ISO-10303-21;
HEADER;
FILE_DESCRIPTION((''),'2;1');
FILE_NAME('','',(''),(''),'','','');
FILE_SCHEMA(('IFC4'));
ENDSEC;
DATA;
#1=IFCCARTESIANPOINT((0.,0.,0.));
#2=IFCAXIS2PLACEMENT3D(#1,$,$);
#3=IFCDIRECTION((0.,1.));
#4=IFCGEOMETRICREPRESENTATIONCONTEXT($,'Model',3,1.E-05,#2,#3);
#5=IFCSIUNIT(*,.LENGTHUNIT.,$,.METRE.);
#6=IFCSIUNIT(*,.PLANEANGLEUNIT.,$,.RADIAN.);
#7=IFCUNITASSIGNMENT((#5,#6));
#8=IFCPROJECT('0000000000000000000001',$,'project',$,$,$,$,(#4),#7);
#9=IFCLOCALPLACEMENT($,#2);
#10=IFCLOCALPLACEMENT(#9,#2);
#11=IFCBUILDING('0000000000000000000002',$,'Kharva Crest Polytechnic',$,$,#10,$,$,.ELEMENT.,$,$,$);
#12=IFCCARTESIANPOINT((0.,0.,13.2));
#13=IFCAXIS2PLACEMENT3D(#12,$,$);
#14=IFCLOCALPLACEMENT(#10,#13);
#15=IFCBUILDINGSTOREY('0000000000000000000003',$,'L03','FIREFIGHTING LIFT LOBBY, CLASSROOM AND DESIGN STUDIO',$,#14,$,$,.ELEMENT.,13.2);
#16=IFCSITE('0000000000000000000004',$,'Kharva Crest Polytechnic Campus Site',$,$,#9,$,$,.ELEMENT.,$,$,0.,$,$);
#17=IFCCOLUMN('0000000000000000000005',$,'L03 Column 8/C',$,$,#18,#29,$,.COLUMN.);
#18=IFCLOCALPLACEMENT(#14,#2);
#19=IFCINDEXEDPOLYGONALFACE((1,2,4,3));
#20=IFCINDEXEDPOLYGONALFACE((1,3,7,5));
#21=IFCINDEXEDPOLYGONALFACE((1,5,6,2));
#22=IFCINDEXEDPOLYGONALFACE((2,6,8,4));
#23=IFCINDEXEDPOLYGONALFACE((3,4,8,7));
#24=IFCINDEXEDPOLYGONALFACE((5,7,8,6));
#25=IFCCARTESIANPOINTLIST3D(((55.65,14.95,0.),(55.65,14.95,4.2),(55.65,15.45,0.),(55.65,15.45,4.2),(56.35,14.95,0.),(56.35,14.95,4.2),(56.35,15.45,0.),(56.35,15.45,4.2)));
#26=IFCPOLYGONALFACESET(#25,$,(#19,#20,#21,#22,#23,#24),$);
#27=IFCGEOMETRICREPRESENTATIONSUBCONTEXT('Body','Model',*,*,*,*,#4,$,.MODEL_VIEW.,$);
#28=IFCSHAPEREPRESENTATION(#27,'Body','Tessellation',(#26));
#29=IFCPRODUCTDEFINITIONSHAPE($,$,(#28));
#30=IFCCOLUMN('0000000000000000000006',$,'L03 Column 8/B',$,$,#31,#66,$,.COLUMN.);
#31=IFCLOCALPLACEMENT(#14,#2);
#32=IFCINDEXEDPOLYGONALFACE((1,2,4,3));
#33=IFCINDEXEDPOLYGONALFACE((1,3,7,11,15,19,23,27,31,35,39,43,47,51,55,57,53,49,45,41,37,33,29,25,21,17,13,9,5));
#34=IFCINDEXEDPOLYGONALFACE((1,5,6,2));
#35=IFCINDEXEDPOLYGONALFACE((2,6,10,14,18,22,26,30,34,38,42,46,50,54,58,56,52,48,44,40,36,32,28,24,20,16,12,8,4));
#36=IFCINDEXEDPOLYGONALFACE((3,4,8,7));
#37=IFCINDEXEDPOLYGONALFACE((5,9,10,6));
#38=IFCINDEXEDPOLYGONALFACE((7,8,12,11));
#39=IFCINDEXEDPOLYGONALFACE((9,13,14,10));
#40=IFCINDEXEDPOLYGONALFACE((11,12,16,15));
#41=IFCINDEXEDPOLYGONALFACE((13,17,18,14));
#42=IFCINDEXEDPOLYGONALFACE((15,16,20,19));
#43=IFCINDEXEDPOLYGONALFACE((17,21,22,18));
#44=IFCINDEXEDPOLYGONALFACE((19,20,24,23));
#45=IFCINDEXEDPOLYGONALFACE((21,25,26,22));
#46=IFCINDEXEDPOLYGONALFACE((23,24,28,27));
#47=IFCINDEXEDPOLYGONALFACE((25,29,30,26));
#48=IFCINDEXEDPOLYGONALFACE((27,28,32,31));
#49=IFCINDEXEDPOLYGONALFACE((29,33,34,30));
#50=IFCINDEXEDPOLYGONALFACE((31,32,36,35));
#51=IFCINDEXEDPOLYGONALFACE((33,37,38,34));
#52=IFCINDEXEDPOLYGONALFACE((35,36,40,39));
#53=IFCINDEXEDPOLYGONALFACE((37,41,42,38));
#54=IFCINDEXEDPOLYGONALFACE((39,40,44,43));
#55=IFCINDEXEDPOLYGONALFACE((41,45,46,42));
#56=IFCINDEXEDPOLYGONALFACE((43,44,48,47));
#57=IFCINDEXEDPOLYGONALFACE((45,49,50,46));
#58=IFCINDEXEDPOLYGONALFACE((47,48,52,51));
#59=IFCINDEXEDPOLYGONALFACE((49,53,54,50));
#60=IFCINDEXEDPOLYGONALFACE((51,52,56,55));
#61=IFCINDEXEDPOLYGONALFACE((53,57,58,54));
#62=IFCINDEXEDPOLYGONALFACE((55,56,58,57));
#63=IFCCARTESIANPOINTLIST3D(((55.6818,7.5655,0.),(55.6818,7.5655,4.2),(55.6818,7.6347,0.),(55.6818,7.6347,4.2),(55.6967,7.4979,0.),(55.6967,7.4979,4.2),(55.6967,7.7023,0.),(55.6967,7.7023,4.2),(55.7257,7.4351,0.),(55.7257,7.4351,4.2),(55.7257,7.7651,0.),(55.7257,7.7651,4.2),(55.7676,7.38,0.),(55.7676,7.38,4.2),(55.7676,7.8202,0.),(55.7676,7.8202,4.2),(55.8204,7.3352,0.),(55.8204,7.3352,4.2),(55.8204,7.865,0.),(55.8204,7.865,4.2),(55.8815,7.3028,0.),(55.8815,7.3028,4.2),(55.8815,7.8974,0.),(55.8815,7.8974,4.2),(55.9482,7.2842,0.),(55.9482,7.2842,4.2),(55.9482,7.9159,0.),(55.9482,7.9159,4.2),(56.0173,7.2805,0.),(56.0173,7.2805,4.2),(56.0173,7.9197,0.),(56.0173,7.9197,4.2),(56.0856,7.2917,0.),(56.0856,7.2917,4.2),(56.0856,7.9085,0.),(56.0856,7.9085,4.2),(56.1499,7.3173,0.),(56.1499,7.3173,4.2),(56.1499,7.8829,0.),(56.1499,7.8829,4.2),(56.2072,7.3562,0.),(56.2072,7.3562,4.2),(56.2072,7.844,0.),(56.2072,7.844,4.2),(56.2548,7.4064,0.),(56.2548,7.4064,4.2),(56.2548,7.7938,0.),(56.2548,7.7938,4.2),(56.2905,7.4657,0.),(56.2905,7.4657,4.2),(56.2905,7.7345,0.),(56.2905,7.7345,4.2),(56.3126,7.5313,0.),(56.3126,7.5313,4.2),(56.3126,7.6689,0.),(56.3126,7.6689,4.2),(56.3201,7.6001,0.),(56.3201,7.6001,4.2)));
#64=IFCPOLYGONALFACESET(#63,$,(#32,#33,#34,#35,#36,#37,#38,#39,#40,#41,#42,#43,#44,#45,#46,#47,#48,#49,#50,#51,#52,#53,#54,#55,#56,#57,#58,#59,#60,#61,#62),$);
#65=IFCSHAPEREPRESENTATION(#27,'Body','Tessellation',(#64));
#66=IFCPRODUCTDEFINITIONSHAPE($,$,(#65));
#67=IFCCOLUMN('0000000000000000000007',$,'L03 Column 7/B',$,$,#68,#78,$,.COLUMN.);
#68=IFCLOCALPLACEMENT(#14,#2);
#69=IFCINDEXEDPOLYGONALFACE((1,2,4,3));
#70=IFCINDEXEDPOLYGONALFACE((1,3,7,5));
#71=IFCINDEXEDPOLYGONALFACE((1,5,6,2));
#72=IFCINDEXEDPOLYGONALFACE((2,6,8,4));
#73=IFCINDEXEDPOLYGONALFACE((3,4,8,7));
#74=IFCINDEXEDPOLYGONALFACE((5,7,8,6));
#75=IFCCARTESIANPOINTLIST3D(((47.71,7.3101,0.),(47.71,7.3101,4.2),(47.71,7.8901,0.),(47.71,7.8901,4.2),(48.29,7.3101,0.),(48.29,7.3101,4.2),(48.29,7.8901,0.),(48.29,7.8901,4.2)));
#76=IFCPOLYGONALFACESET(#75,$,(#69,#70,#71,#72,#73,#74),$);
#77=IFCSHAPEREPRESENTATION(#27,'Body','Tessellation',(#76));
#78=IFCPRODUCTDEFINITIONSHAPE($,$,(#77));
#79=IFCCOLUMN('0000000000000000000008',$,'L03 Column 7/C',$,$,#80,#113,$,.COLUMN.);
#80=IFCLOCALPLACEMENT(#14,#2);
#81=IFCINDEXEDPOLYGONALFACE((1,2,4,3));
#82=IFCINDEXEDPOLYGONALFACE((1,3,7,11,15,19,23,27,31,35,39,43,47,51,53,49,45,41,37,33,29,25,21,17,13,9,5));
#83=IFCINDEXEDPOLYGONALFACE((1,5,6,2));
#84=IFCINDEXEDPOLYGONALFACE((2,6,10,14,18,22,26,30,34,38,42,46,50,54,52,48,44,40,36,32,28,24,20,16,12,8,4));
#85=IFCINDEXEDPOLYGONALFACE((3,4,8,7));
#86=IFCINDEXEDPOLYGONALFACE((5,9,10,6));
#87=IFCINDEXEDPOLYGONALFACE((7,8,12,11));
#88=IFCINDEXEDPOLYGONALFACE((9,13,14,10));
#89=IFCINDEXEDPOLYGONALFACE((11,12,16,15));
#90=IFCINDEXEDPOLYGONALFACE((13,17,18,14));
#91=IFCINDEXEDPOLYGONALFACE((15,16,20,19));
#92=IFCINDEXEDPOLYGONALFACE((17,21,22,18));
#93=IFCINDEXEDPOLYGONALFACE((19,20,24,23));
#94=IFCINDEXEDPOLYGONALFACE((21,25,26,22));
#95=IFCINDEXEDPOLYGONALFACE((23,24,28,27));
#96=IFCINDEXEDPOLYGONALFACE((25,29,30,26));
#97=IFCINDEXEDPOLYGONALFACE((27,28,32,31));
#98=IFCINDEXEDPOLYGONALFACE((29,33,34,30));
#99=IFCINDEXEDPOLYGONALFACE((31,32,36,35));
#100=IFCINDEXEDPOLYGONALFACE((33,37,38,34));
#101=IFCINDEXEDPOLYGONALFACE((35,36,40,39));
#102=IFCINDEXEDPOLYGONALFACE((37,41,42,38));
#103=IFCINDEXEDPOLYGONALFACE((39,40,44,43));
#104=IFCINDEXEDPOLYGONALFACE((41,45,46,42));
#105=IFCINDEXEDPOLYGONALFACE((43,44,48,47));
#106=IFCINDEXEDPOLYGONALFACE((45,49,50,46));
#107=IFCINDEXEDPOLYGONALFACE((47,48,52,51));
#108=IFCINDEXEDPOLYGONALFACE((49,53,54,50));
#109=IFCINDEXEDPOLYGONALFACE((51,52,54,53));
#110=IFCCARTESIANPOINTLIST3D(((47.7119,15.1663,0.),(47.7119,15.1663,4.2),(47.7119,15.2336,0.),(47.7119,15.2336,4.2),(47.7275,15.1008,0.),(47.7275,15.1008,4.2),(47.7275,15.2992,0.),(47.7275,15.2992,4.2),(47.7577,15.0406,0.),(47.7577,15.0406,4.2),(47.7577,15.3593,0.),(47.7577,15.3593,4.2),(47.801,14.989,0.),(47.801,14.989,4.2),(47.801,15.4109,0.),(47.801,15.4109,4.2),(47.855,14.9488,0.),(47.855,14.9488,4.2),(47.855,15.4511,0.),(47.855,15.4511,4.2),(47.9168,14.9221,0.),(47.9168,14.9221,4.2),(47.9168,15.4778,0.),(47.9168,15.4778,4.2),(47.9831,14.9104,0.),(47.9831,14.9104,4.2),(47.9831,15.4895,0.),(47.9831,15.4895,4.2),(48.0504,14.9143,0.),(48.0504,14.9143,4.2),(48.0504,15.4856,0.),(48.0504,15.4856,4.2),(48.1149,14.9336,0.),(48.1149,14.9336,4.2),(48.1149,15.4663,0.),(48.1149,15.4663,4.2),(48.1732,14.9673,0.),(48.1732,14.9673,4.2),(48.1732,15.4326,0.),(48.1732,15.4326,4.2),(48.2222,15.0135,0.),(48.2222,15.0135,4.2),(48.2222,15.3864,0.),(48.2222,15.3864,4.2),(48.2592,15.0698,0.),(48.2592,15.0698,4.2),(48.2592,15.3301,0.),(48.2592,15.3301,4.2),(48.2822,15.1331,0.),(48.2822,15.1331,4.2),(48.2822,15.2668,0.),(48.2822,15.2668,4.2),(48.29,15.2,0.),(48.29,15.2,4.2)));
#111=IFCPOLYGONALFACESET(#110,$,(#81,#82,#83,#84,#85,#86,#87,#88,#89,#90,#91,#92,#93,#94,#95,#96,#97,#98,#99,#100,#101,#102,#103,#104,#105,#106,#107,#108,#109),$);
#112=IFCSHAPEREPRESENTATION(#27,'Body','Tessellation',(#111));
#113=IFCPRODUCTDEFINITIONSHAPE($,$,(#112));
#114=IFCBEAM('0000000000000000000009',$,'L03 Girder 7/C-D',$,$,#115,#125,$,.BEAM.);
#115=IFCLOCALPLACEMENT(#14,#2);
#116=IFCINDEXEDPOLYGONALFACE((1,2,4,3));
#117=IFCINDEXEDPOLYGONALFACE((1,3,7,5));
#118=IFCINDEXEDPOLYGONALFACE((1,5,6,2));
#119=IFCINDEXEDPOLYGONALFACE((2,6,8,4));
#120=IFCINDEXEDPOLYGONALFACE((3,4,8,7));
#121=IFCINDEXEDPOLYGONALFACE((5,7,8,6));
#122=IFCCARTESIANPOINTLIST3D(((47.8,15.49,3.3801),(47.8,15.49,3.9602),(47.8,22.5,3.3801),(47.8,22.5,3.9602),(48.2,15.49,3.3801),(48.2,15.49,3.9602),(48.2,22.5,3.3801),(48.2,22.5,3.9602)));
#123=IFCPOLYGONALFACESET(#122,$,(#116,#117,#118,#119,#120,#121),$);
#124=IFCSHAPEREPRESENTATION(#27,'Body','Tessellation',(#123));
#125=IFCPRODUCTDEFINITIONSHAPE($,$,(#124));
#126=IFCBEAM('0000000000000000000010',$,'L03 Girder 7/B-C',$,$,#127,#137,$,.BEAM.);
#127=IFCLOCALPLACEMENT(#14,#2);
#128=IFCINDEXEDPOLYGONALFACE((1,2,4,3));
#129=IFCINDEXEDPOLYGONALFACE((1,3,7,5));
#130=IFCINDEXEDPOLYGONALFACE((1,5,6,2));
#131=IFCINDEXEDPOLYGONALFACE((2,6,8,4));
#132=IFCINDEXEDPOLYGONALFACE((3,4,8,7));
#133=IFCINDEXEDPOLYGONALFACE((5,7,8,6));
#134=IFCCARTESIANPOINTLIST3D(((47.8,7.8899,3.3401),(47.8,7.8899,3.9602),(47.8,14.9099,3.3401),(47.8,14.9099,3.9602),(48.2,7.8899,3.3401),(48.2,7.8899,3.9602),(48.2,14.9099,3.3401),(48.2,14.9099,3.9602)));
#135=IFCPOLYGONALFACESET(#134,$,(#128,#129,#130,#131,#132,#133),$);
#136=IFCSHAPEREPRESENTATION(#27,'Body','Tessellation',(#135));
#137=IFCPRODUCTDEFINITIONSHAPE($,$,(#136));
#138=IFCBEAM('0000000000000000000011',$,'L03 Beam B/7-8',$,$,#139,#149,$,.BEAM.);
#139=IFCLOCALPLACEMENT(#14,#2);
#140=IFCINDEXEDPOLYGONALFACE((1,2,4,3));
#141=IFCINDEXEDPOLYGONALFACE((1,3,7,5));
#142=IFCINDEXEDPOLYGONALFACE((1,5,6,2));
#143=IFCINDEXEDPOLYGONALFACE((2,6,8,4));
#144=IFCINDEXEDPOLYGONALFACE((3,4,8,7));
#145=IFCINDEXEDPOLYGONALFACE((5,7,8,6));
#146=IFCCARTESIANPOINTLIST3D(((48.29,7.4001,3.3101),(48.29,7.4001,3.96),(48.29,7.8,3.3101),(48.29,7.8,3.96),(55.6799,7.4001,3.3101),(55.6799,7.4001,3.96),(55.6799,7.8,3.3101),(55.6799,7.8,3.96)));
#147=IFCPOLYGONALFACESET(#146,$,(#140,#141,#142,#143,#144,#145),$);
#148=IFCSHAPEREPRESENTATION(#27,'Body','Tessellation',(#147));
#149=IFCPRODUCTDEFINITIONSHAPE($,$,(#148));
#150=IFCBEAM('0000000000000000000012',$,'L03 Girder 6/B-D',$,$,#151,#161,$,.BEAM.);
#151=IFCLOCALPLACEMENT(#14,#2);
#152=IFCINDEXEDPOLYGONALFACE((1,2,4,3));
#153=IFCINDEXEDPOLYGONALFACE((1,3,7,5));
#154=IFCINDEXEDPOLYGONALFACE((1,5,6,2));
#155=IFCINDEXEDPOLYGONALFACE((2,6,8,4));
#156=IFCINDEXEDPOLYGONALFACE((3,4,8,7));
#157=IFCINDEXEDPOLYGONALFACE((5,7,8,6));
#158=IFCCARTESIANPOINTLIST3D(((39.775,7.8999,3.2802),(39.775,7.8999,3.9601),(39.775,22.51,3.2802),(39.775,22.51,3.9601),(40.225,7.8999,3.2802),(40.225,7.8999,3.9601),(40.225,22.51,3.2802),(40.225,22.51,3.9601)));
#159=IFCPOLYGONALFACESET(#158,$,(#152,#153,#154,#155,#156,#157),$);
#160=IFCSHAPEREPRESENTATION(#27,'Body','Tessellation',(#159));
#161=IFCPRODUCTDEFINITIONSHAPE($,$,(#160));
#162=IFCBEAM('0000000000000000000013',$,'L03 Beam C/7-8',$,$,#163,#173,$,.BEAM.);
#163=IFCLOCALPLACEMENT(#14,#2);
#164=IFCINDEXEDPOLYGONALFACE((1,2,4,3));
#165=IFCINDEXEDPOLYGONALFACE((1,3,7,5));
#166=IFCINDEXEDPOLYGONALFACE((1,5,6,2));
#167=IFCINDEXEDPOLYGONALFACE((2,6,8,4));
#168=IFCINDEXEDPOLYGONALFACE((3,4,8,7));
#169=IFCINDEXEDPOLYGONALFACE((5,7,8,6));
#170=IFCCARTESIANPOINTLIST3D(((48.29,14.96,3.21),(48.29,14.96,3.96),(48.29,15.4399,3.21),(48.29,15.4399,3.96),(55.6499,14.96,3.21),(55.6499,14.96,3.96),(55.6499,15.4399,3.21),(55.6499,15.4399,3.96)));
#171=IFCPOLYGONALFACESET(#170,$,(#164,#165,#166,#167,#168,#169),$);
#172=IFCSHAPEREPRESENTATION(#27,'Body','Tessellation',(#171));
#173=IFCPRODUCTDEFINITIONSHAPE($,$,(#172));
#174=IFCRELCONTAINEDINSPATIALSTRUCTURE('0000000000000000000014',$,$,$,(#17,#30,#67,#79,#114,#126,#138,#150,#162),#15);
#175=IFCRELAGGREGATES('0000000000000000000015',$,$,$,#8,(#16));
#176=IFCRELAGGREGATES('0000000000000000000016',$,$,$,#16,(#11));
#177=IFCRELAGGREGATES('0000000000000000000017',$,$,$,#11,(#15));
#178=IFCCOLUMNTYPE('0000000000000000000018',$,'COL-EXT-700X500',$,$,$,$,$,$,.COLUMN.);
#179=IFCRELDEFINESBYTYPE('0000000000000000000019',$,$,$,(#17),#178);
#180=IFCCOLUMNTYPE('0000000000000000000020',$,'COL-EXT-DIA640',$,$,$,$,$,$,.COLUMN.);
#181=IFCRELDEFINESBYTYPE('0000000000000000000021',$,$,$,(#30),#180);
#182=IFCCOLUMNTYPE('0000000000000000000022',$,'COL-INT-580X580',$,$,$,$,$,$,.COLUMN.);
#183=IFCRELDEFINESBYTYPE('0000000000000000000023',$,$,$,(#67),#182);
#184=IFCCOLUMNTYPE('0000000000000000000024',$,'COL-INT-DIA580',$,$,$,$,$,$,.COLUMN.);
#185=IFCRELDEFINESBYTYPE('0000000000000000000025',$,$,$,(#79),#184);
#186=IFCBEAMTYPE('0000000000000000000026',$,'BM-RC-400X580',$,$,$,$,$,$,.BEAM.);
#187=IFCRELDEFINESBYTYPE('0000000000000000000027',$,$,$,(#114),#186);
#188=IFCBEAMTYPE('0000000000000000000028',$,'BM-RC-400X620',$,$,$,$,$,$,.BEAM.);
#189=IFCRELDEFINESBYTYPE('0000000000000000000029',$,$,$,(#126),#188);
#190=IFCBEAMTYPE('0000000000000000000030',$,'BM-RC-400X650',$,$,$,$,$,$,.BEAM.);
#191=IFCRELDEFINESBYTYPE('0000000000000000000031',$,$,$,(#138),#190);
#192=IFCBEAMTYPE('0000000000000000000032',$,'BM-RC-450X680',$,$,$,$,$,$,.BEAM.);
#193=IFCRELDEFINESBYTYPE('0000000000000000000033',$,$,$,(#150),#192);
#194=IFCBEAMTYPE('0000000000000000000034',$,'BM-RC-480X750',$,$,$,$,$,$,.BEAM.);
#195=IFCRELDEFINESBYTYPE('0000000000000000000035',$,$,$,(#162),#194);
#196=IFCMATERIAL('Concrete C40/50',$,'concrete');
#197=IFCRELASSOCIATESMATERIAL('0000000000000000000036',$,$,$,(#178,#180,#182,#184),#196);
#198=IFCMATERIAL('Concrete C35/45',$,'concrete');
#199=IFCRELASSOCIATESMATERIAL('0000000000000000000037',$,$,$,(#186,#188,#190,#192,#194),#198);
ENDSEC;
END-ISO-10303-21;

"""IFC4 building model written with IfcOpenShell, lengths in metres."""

from ifc_helpers import new_model, si_unit, direction, frame, origin, origin_2d, place, context, subcontext, project, spatial, rectangle, circle, extrude, material, material_profile, profile_set, type_object, element, save


model = new_model("IFC4")

# Units and contexts
model_context = context("Model", 3, precision=1e-05, world=origin(), true_north=direction((0.0, 1.0)))
body_context = subcontext(model_context, "Body", "Model", "MODEL_VIEW")
ifc_project = project(units=[si_unit("LENGTHUNIT", "METRE"), si_unit("PLANEANGLEUNIT", "RADIAN")], contexts=[model_context])

# Site, building, storey
site_placement = place(None, origin())
site = spatial("IfcSite", under=ifc_project, at=site_placement, Name="Kharva Crest Polytechnic Campus Site", CompositionType="ELEMENT", RefElevation=0.0)
building_placement = place(site_placement, origin())
building = spatial("IfcBuilding", under=site, at=building_placement, Name="Kharva Crest Polytechnic", CompositionType="ELEMENT")
storey_placement = place(building_placement, frame((0.0, 0.0, 13.2)))
storey = spatial("IfcBuildingStorey", under=building, at=storey_placement, Name="L03", Description="FIREFIGHTING LIFT LOBBY, CLASSROOM AND DESIGN STUDIO", CompositionType="ELEMENT", Elevation=13.2)

# Columns
ifc_material_1 = material(Name="Concrete C40/50", Category="concrete")
ifc_material_profile_1 = material_profile(ifc_material_1, rectangle(XDim=0.7, YDim=0.5, at=origin_2d()), Name="RECT 700 X 500")
ifc_profile_set_1 = profile_set([ifc_material_profile_1], Name="Concrete C40/50")
column_type_1 = type_object("IfcColumnType", Name="COL-EXT-700X500", PredefinedType="COLUMN", material=ifc_profile_set_1)
column_1_placement = place(storey_placement, frame((56.0, 15.2, 0.0), z_axis=(0.0, 0.0, 1.0), x_axis=(1.0, 0.0, 0.0)))
element("IfcColumn", 1, at=column_1_placement, inside=storey, type_object=column_type_1, Name="L03 Column 8/C", PredefinedType="COLUMN", context=body_context, shape_type="SweptSolid", body=[
    extrude(rectangle(XDim=0.7, YDim=0.5, at=origin_2d()), origin(), (0.0, 0.0, 1.0), 4.2),
])
ifc_material_profile_2 = material_profile(ifc_material_1, circle(Radius=0.3201, at=origin_2d()), Name="DIA 640")
ifc_profile_set_2 = profile_set([ifc_material_profile_2], Name="Concrete C40/50")
column_type_2 = type_object("IfcColumnType", Name="COL-EXT-DIA640", PredefinedType="COLUMN", material=ifc_profile_set_2)
column_2_placement = place(storey_placement, frame((56.0, 7.6001, 0.0), z_axis=(0.0, 0.0, 1.0), x_axis=(1.0, 0.0, 0.0)))
element("IfcColumn", 2, at=column_2_placement, inside=storey, type_object=column_type_2, Name="L03 Column 8/B", PredefinedType="COLUMN", context=body_context, shape_type="SweptSolid", body=[
    extrude(circle(Radius=0.3201, at=origin_2d()), origin(), (0.0, 0.0, 1.0), 4.2),
])
ifc_material_profile_3 = material_profile(ifc_material_1, rectangle(XDim=0.5801, YDim=0.5801, at=origin_2d()), Name="RECT 580 X 580")
ifc_profile_set_3 = profile_set([ifc_material_profile_3], Name="Concrete C40/50")
column_type_3 = type_object("IfcColumnType", Name="COL-INT-580X580", PredefinedType="COLUMN", material=ifc_profile_set_3)
column_3_placement = place(storey_placement, frame((48.0, 7.6001, 0.0), z_axis=(0.0, 0.0, 1.0), x_axis=(1.0, 0.0, 0.0)))
element("IfcColumn", 3, at=column_3_placement, inside=storey, type_object=column_type_3, Name="L03 Column 7/B", PredefinedType="COLUMN", context=body_context, shape_type="SweptSolid", body=[
    extrude(rectangle(XDim=0.5801, YDim=0.5801, at=origin_2d()), origin(), (0.0, 0.0, 1.0), 4.2),
])
ifc_material_profile_4 = material_profile(ifc_material_1, circle(Radius=0.29, at=origin_2d()), Name="DIA 580")
ifc_profile_set_4 = profile_set([ifc_material_profile_4], Name="Concrete C40/50")
column_type_4 = type_object("IfcColumnType", Name="COL-INT-DIA580", PredefinedType="COLUMN", material=ifc_profile_set_4)
column_4_placement = place(storey_placement, frame((48.0, 15.2, 0.0), z_axis=(0.0, 0.0, 1.0), x_axis=(1.0, 0.0, 0.0)))
element("IfcColumn", 4, at=column_4_placement, inside=storey, type_object=column_type_4, Name="L03 Column 7/C", PredefinedType="COLUMN", context=body_context, shape_type="SweptSolid", body=[
    extrude(circle(Radius=0.29, at=origin_2d()), origin(), (0.0, 0.0, 1.0), 4.2),
])

# Beams
ifc_material_2 = material(Name="Concrete C35/45", Category="concrete")
ifc_material_profile_5 = material_profile(ifc_material_2, rectangle(XDim=0.3999, YDim=0.5801, at=origin_2d()), Name="RECT 400 X 580")
ifc_profile_set_5 = profile_set([ifc_material_profile_5], Name="Concrete C35/45")
beam_type_1 = type_object("IfcBeamType", Name="BM-RC-400X580", PredefinedType="BEAM", material=ifc_profile_set_5)
beam_1_placement = place(storey_placement, frame((48.0, 15.49, 3.6702), z_axis=(0.0, 1.0, 0.0), x_axis=(-1.0, 0.0, 0.0)))
element("IfcBeam", 5, at=beam_1_placement, inside=storey, type_object=beam_type_1, Name="L03 Girder 7/C-D", PredefinedType="BEAM", context=body_context, shape_type="SweptSolid", body=[
    extrude(rectangle(XDim=0.3999, YDim=0.5801, at=origin_2d()), origin(), (0.0, 0.0, 1.0), 7.01),
])
ifc_material_profile_6 = material_profile(ifc_material_2, rectangle(XDim=0.3999, YDim=0.6201, at=origin_2d()), Name="RECT 400 X 620")
ifc_profile_set_6 = profile_set([ifc_material_profile_6], Name="Concrete C35/45")
beam_type_2 = type_object("IfcBeamType", Name="BM-RC-400X620", PredefinedType="BEAM", material=ifc_profile_set_6)
beam_2_placement = place(storey_placement, frame((48.0, 7.8899, 3.6501), z_axis=(0.0, 1.0, 0.0), x_axis=(-1.0, 0.0, 0.0)))
element("IfcBeam", 6, at=beam_2_placement, inside=storey, type_object=beam_type_2, Name="L03 Girder 7/B-C", PredefinedType="BEAM", context=body_context, shape_type="SweptSolid", body=[
    extrude(rectangle(XDim=0.3999, YDim=0.6201, at=origin_2d()), origin(), (0.0, 0.0, 1.0), 7.02),
])
ifc_material_profile_7 = material_profile(ifc_material_2, rectangle(XDim=0.3999, YDim=0.6499, at=origin_2d()), Name="RECT 400 X 650")
ifc_profile_set_7 = profile_set([ifc_material_profile_7], Name="Concrete C35/45")
beam_type_3 = type_object("IfcBeamType", Name="BM-RC-400X650", PredefinedType="BEAM", material=ifc_profile_set_7)
beam_3_placement = place(storey_placement, frame((48.29, 7.6001, 3.635), z_axis=(1.0, 0.0, 0.0), x_axis=(0.0, 1.0, 0.0)))
element("IfcBeam", 7, at=beam_3_placement, inside=storey, type_object=beam_type_3, Name="L03 Beam B/7-8", PredefinedType="BEAM", context=body_context, shape_type="SweptSolid", body=[
    extrude(rectangle(XDim=0.3999, YDim=0.6499, at=origin_2d()), origin(), (0.0, 0.0, 1.0), 7.3899),
])
ifc_material_profile_8 = material_profile(ifc_material_2, rectangle(XDim=0.45, YDim=0.6799, at=origin_2d()), Name="RECT 450 X 680")
ifc_profile_set_8 = profile_set([ifc_material_profile_8], Name="Concrete C35/45")
beam_type_4 = type_object("IfcBeamType", Name="BM-RC-450X680", PredefinedType="BEAM", material=ifc_profile_set_8)
beam_4_placement = place(storey_placement, frame((40.0, 7.8999, 3.6201), z_axis=(0.0, 1.0, 0.0), x_axis=(-1.0, 0.0, 0.0)))
element("IfcBeam", 8, at=beam_4_placement, inside=storey, type_object=beam_type_4, Name="L03 Girder 6/B-D", PredefinedType="BEAM", context=body_context, shape_type="SweptSolid", body=[
    extrude(rectangle(XDim=0.45, YDim=0.6799, at=origin_2d()), origin(), (0.0, 0.0, 1.0), 14.6101),
])
ifc_material_profile_9 = material_profile(ifc_material_2, rectangle(XDim=0.48, YDim=0.75, at=origin_2d()), Name="RECT 480 X 750")
ifc_profile_set_9 = profile_set([ifc_material_profile_9], Name="Concrete C35/45")
beam_type_5 = type_object("IfcBeamType", Name="BM-RC-480X750", PredefinedType="BEAM", material=ifc_profile_set_9)
beam_5_placement = place(storey_placement, frame((48.29, 15.2, 3.585), z_axis=(1.0, 0.0, 0.0), x_axis=(0.0, 1.0, 0.0)))
element("IfcBeam", 9, at=beam_5_placement, inside=storey, type_object=beam_type_5, Name="L03 Beam C/7-8", PredefinedType="BEAM", context=body_context, shape_type="SweptSolid", body=[
    extrude(rectangle(XDim=0.48, YDim=0.75, at=origin_2d()), origin(), (0.0, 0.0, 1.0), 7.3599),
])

save(model, "model.ifc")
